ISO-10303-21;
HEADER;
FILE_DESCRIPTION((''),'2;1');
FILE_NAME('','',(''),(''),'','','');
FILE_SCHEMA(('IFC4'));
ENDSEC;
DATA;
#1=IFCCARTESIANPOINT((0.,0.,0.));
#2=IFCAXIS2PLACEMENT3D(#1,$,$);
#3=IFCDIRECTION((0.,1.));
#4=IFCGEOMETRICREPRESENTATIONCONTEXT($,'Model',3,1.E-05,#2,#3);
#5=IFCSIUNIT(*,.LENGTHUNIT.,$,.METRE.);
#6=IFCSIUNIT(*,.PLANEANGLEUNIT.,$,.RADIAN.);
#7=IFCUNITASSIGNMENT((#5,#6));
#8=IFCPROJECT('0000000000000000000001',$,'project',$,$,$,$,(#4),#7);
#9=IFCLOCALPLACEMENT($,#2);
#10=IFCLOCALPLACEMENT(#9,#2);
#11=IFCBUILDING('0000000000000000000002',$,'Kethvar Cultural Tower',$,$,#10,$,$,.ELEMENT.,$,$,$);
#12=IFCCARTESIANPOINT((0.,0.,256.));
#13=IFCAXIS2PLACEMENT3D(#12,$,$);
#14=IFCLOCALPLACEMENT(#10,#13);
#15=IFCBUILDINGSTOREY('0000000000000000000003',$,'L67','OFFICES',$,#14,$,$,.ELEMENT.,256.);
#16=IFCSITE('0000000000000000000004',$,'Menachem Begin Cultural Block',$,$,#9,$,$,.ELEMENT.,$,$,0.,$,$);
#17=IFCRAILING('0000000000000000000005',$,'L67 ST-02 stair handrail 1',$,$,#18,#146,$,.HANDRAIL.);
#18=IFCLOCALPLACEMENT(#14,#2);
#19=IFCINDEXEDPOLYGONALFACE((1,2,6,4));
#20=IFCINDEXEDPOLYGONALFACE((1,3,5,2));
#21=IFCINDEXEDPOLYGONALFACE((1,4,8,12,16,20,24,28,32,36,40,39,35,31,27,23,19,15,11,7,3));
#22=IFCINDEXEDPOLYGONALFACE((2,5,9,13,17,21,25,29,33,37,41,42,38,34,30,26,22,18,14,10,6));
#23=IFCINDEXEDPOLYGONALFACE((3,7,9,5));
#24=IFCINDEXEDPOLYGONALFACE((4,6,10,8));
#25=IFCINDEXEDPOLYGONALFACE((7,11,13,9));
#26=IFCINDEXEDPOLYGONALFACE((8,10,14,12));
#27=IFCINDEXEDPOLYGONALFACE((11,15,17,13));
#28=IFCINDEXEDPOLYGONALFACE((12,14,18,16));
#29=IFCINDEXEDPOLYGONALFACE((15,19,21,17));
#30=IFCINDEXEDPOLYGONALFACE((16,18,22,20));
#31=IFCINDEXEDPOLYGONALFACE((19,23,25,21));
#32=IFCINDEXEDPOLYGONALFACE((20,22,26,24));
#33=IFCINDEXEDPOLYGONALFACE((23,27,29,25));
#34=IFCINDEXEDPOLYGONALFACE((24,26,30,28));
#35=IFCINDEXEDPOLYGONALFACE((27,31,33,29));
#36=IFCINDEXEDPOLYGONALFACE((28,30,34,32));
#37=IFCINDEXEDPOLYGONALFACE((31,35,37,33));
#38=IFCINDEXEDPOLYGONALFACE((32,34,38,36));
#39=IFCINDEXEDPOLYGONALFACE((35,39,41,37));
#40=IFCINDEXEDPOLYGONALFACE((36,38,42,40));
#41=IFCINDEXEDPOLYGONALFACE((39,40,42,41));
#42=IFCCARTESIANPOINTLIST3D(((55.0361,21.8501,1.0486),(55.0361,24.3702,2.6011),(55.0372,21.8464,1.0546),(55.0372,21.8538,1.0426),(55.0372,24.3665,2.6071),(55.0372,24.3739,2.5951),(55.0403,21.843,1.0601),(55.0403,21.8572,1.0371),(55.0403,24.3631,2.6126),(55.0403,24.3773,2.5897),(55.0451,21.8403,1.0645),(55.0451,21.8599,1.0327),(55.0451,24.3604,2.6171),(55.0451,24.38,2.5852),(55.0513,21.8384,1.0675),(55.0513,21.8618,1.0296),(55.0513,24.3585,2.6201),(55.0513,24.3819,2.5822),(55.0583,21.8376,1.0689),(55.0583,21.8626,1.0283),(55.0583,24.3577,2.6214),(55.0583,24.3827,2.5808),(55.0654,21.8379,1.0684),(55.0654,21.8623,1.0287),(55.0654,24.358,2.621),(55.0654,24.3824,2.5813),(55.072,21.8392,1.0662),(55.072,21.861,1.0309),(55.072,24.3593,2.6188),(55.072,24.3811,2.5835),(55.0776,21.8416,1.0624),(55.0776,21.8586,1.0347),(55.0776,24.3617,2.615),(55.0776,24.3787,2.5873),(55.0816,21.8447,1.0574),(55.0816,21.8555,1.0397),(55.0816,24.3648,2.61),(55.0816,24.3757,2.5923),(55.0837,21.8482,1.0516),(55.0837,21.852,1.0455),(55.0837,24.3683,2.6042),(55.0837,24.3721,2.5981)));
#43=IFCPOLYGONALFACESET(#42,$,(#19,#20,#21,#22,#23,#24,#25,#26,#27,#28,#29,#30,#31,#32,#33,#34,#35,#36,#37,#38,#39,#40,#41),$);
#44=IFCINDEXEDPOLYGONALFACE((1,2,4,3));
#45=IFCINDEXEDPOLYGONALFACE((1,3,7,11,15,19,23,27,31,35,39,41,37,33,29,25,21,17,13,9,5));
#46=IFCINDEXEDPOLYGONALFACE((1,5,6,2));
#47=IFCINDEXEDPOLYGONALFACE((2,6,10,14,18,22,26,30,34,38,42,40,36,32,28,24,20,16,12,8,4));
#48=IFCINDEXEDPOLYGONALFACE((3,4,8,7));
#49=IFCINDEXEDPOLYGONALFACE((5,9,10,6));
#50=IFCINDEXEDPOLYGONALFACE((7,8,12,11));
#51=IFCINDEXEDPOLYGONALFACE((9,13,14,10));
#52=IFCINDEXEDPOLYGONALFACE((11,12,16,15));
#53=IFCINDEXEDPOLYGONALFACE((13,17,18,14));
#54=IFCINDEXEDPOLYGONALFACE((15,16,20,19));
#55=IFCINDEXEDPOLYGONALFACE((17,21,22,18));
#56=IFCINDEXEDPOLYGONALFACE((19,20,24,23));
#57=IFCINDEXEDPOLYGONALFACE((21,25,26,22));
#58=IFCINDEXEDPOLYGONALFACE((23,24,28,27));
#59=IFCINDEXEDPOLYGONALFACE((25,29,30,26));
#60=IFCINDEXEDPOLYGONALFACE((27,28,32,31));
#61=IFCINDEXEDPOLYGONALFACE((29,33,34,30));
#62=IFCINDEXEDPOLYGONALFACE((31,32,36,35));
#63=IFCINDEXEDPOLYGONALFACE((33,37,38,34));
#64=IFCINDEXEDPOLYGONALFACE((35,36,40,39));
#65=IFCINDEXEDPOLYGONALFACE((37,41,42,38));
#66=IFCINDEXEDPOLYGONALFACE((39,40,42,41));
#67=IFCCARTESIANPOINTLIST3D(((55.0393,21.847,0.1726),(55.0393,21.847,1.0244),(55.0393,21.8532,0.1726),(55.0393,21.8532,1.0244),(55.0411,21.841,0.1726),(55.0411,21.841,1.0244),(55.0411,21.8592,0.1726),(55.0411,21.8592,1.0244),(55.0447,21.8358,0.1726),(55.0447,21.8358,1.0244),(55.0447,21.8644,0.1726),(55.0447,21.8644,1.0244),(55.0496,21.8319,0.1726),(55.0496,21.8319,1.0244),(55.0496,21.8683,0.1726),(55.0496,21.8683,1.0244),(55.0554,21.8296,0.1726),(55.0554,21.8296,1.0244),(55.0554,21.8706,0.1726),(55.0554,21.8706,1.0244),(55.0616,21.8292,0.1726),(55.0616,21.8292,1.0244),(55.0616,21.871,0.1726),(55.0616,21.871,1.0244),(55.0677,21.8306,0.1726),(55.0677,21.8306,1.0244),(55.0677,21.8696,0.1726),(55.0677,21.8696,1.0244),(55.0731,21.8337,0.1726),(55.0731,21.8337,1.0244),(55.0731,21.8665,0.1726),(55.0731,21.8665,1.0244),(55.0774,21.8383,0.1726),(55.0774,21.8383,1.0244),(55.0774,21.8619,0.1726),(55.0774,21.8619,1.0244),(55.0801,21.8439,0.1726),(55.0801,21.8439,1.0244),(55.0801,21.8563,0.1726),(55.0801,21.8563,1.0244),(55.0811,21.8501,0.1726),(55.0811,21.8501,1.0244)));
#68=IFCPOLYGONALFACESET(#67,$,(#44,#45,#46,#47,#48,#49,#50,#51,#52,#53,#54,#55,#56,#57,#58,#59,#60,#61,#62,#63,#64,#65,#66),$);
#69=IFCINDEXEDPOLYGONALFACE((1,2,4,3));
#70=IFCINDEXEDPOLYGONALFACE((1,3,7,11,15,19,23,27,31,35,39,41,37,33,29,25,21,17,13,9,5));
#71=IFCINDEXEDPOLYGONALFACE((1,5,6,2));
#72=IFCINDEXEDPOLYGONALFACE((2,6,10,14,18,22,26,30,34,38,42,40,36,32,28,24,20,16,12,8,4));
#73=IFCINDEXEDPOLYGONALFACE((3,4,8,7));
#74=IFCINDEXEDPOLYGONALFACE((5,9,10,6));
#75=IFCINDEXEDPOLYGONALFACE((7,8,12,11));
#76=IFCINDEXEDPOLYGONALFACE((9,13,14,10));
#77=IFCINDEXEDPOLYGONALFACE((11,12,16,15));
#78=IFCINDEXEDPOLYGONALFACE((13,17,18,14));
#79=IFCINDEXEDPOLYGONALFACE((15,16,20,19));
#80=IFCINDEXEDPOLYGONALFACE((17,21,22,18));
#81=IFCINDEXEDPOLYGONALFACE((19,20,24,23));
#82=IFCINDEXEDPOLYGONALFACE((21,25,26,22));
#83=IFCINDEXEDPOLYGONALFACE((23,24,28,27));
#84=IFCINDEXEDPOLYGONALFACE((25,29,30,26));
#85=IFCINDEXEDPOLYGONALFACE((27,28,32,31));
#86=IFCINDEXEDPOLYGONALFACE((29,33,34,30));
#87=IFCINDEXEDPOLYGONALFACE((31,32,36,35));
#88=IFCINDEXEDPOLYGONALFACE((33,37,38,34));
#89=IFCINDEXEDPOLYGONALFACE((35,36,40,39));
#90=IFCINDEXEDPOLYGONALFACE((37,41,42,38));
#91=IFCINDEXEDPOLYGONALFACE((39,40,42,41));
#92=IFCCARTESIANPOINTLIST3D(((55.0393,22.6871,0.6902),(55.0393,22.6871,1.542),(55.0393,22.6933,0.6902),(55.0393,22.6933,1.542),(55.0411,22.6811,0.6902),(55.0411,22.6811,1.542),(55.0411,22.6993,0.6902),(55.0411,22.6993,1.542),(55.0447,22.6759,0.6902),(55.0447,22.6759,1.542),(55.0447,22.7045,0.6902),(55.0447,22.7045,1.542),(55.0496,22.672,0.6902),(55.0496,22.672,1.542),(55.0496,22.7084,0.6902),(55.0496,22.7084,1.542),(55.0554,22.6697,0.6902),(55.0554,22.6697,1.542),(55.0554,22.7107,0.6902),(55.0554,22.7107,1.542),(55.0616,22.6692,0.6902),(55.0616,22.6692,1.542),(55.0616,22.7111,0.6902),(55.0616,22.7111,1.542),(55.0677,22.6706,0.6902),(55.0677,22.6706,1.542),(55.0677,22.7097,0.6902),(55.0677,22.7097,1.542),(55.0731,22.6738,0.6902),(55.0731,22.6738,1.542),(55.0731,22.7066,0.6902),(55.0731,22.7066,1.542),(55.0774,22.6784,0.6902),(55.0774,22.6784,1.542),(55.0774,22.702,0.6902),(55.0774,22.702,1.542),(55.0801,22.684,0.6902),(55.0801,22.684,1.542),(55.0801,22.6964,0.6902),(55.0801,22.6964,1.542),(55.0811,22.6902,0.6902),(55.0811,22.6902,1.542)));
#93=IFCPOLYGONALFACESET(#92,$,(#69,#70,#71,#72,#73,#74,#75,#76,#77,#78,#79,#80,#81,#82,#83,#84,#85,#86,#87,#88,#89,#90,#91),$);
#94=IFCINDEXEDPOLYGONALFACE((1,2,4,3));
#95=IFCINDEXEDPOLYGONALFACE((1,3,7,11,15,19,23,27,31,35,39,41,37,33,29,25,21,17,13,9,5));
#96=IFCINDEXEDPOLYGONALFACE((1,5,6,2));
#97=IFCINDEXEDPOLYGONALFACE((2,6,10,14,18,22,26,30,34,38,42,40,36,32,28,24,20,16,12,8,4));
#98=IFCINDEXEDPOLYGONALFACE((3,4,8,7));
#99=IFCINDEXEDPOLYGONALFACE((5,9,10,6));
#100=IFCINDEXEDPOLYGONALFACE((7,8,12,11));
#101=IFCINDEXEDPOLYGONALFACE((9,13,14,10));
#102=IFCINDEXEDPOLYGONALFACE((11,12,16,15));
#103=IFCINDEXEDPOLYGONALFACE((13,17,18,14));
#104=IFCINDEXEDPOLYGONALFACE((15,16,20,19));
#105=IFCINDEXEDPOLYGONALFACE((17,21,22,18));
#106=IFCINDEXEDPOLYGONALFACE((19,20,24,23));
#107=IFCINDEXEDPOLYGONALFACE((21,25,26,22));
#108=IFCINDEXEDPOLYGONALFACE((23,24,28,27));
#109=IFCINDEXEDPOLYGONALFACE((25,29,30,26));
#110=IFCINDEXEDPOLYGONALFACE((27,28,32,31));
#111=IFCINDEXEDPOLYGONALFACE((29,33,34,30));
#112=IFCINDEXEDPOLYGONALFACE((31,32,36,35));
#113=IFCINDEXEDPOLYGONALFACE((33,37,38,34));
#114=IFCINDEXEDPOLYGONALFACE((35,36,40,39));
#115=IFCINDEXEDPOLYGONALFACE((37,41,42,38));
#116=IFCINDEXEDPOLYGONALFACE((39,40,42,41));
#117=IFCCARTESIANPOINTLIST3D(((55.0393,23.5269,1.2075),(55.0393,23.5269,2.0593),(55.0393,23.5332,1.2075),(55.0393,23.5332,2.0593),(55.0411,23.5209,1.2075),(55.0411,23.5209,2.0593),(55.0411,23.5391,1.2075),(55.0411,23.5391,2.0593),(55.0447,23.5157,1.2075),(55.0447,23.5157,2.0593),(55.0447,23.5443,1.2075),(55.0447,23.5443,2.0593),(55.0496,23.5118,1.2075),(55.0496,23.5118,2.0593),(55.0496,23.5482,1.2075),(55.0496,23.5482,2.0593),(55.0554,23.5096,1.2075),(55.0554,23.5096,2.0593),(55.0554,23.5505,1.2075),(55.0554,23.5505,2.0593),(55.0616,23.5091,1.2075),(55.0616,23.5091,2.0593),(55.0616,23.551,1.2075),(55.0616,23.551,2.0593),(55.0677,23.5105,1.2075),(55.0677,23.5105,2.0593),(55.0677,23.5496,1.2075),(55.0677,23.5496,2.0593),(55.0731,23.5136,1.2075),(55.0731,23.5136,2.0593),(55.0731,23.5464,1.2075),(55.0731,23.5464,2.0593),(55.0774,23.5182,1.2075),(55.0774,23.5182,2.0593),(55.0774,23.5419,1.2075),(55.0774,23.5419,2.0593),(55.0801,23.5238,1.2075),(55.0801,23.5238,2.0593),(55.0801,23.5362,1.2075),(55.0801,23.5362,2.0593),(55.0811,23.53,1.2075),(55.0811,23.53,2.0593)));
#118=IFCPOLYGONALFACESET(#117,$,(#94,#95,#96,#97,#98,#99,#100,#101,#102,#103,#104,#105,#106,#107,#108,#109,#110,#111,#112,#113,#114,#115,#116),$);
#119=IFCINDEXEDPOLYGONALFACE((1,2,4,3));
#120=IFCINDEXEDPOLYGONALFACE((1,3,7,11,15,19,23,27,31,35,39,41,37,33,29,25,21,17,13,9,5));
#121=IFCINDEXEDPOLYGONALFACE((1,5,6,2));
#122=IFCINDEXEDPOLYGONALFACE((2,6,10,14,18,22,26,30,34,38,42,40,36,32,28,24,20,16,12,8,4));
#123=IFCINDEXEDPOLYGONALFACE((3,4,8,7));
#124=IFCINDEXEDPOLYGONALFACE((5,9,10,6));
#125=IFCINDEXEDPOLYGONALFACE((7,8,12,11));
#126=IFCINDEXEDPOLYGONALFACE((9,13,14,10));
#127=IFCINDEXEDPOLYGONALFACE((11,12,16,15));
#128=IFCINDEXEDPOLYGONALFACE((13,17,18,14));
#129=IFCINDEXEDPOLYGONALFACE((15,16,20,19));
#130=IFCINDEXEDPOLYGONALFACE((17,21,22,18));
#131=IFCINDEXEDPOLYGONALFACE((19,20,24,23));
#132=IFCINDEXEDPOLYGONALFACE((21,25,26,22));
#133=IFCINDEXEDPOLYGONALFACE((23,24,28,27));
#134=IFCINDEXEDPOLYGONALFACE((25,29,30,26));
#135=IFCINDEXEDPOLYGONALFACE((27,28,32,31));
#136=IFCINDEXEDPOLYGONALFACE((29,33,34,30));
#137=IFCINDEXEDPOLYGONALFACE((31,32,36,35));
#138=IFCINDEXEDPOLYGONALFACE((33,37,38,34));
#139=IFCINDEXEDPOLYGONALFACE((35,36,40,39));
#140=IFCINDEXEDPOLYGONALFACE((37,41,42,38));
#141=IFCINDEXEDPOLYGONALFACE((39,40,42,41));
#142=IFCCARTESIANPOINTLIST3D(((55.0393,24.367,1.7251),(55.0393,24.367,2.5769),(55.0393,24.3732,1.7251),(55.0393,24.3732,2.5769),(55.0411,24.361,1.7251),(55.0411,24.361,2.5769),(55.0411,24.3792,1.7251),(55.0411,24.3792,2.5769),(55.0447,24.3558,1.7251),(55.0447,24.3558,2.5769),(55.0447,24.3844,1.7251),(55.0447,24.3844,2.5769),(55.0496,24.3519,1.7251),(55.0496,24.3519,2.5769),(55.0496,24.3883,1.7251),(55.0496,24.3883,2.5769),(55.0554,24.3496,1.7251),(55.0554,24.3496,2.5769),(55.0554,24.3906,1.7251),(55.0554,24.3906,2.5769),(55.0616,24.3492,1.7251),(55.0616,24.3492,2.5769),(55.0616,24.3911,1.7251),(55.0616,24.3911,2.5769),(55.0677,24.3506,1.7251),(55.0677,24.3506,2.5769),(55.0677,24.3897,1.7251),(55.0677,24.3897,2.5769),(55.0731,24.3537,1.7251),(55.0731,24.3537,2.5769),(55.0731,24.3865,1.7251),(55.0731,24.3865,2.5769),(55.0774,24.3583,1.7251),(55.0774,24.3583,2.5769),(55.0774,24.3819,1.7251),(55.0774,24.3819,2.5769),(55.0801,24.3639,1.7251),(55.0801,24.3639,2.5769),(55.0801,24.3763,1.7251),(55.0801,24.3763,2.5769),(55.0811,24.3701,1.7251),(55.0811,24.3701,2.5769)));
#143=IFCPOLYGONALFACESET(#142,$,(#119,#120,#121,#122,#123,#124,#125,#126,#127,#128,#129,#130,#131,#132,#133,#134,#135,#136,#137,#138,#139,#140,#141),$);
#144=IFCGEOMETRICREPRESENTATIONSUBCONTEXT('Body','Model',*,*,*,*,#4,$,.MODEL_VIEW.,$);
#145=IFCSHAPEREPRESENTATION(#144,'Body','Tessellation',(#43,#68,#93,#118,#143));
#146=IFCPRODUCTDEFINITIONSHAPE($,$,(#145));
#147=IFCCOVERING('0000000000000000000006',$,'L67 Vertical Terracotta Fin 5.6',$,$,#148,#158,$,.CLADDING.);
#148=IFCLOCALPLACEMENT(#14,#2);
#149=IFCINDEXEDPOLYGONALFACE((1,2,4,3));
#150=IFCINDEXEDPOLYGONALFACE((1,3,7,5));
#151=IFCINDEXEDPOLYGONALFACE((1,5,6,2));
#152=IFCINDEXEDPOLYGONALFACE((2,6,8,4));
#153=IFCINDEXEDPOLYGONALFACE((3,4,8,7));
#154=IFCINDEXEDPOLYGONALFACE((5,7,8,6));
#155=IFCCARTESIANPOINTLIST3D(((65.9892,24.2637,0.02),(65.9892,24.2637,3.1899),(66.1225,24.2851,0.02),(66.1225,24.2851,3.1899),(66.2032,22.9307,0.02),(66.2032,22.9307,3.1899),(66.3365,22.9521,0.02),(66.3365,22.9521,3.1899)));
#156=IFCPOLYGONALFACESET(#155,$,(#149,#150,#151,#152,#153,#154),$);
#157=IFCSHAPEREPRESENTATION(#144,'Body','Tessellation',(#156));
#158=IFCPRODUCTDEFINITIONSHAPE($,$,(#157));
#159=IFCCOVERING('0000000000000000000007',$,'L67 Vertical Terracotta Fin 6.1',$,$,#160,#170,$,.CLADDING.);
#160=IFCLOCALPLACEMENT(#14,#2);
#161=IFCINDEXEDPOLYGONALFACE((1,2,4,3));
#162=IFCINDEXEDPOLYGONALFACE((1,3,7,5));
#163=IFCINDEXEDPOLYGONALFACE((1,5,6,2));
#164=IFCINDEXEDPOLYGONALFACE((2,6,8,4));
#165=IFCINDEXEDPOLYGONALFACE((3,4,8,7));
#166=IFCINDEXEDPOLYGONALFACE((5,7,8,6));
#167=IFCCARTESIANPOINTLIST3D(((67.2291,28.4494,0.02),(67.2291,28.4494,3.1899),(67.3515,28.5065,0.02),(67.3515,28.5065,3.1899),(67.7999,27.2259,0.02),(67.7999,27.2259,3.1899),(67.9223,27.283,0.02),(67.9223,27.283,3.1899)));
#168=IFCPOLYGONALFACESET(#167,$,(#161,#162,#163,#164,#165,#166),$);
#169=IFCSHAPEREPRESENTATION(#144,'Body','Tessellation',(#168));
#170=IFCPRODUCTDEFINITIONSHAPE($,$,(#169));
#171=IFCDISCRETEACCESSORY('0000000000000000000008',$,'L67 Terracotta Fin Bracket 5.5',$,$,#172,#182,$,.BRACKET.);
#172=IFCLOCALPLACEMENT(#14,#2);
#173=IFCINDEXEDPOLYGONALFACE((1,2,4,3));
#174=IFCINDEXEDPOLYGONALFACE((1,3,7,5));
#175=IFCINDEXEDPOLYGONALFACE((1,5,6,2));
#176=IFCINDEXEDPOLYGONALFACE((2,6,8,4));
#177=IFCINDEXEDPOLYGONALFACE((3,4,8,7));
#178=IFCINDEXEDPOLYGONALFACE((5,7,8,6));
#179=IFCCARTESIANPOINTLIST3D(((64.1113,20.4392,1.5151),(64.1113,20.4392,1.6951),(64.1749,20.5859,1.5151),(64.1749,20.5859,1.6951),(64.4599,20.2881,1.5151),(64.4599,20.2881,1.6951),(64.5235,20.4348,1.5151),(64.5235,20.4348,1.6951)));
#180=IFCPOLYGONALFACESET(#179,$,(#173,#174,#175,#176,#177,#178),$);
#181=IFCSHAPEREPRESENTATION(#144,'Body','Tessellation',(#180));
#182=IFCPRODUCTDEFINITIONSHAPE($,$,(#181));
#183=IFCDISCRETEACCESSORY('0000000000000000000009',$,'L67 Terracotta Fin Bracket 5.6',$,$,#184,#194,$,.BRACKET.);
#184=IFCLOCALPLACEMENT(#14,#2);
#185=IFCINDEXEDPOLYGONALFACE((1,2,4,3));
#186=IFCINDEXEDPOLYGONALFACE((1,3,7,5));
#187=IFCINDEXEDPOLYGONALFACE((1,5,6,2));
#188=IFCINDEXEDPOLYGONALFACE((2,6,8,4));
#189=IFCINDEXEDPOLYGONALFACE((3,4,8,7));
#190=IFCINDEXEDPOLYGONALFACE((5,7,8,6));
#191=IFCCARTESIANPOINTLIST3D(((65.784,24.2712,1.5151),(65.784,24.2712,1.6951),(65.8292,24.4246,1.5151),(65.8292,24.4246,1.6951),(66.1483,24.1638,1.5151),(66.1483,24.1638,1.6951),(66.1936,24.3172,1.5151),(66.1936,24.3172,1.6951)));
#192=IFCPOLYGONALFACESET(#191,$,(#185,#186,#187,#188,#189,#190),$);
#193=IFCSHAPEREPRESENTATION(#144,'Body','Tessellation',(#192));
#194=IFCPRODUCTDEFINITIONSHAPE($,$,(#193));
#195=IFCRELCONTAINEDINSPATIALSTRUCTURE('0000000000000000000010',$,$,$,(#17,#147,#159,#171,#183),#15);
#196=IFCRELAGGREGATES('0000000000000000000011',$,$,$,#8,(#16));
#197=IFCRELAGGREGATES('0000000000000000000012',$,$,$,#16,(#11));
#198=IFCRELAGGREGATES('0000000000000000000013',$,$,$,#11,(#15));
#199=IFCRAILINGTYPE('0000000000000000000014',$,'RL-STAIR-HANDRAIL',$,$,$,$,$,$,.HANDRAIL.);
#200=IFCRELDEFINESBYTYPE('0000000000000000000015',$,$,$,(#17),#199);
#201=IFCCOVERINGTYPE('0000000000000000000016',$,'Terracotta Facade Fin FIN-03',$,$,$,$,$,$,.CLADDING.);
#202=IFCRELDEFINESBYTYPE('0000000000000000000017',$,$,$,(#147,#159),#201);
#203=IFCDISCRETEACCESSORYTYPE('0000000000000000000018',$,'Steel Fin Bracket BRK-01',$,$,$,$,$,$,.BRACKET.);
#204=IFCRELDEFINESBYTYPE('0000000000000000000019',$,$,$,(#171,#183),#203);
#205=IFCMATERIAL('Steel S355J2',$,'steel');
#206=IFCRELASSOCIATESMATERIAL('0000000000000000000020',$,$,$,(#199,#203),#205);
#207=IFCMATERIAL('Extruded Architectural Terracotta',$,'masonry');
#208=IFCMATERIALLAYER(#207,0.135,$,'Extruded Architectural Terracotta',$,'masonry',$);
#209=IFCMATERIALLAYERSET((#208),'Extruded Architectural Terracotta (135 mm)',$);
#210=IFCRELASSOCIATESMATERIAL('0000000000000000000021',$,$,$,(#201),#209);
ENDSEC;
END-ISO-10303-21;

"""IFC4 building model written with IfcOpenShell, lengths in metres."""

from ifc_helpers import new_model, si_unit, direction, frame, origin, origin_2d, place, context, subcontext, project, spatial, rectangle, circle, extrude, source, transform, mapped, material, layer, layer_set, type_object, element, save


model = new_model("IFC4")

# Units and contexts
model_context = context("Model", 3, precision=1e-05, world=origin(), true_north=direction((0.0, 1.0)))
body_context = subcontext(model_context, "Body", "Model", "MODEL_VIEW")
ifc_project = project(units=[si_unit("LENGTHUNIT", "METRE"), si_unit("PLANEANGLEUNIT", "RADIAN")], contexts=[model_context])

# Site, building, storey
site_placement = place(None, origin())
site = spatial("IfcSite", under=ifc_project, at=site_placement, Name="Menachem Begin Cultural Block", CompositionType="ELEMENT", RefElevation=0.0)
building_placement = place(site_placement, origin())
building = spatial("IfcBuilding", under=site, at=building_placement, Name="Kethvar Cultural Tower", CompositionType="ELEMENT")
storey_placement = place(building_placement, frame((0.0, 0.0, 256.0)))
storey = spatial("IfcBuildingStorey", under=building, at=storey_placement, Name="L67", Description="OFFICES", CompositionType="ELEMENT", Elevation=256.0)

# Shared definitions
ifc_material_1 = material(Name="Steel S355J2", Category="steel")

# Railing
railing_type = type_object("IfcRailingType", Name="RL-STAIR-HANDRAIL", PredefinedType="HANDRAIL", material=ifc_material_1)
railing_placement = place(storey_placement, frame((55.0601, 21.8501, 0.1726)))
element("IfcRailing", 1, at=railing_placement, inside=storey, type_object=railing_type, Name="L67 ST-02 stair handrail 1", PredefinedType="HANDRAIL", context=body_context, shape_type="SweptSolid", body=[
    extrude(circle(Radius=0.0239, at=origin_2d()), frame((0.0, 0.0, 0.876), z_axis=(0.0, 0.8514, 0.524516), x_axis=(-1.0, 0.0, 0.0)), (0.0, 0.0, 1.0), 2.96),
    extrude(circle(Radius=0.021, at=origin_2d()), origin(), (0.0, 0.0, 1.0), 0.8518),
    extrude(circle(Radius=0.021, at=origin_2d()), frame((0.0, 0.8401, 0.5176)), (0.0, 0.0, 1.0), 0.8518),
    extrude(circle(Radius=0.021, at=origin_2d()), frame((0.0, 1.6799, 1.0349)), (0.0, 0.0, 1.0), 0.8518),
    extrude(circle(Radius=0.021, at=origin_2d()), frame((0.0, 2.52, 1.5525)), (0.0, 0.0, 1.0), 0.8518),
])

# Coverings
ifc_material_2 = material(Name="Extruded Architectural Terracotta", Category="masonry")
ifc_layer_1 = layer(ifc_material_2, 0.135, Name="Extruded Architectural Terracotta", Category="masonry")
ifc_layer_set_1 = layer_set([ifc_layer_1], Name="Extruded Architectural Terracotta (135 mm)")
covering_type = type_object("IfcCoveringType", Name="Terracotta Facade Fin FIN-03", PredefinedType="CLADDING", material=ifc_layer_set_1)
shared_shape_1 = source(origin(), body_context, "Body", "SweptSolid", [
    extrude(rectangle(XDim=1.3501, YDim=0.135, at=origin_2d()), origin(), (0.0, 0.0, 1.0), 3.1699),
])
for number, where, z_axis, x_axis, name in (
    (2, (66.1628, 23.6079, 0.02), (0.0, 0.0, 1.0), (0.158503, -0.987359, 0.0), "L67 Vertical Terracotta Fin 5.6"),
    (3, (67.5757, 27.8662, 0.02), (0.0, 0.0, 1.0), (0.422776, -0.906234, 0.0), "L67 Vertical Terracotta Fin 6.1"),
):
    element("IfcCovering", number, at=place(storey_placement, frame(where, z_axis=z_axis, x_axis=x_axis)), inside=storey, type_object=covering_type, Name=name, PredefinedType="CLADDING", context=body_context, shape_type="MappedRepresentation", body=[
        mapped(shared_shape_1, transform((0.0, 0.0, 0.0), scale=1.0)),
    ])

# Discrete accessories
discrete_accessory_type = type_object("IfcDiscreteAccessoryType", Name="Steel Fin Bracket BRK-01", PredefinedType="BRACKET", material=ifc_material_1)
shared_shape_2 = source(origin(), body_context, "Body", "SweptSolid", [
    extrude(rectangle(XDim=0.3799, YDim=0.1599, at=origin_2d()), origin(), (0.0, 0.0, 1.0), 0.1799),
])
for number, where, z_axis, x_axis, name in (
    (4, (64.3174, 20.437, 1.5151), (0.0, 0.0, 1.0), (0.917547, -0.397628, 0.0), "L67 Terracotta Fin Bracket 5.5"),
    (5, (65.9888, 24.2942, 1.5151), (0.0, 0.0, 1.0), (0.959166, -0.282844, 0.0), "L67 Terracotta Fin Bracket 5.6"),
):
    element("IfcDiscreteAccessory", number, at=place(storey_placement, frame(where, z_axis=z_axis, x_axis=x_axis)), inside=storey, type_object=discrete_accessory_type, Name=name, PredefinedType="BRACKET", context=body_context, shape_type="MappedRepresentation", body=[
        mapped(shared_shape_2, transform((0.0, 0.0, 0.0), scale=1.0)),
    ])

save(model, "model.ifc")
